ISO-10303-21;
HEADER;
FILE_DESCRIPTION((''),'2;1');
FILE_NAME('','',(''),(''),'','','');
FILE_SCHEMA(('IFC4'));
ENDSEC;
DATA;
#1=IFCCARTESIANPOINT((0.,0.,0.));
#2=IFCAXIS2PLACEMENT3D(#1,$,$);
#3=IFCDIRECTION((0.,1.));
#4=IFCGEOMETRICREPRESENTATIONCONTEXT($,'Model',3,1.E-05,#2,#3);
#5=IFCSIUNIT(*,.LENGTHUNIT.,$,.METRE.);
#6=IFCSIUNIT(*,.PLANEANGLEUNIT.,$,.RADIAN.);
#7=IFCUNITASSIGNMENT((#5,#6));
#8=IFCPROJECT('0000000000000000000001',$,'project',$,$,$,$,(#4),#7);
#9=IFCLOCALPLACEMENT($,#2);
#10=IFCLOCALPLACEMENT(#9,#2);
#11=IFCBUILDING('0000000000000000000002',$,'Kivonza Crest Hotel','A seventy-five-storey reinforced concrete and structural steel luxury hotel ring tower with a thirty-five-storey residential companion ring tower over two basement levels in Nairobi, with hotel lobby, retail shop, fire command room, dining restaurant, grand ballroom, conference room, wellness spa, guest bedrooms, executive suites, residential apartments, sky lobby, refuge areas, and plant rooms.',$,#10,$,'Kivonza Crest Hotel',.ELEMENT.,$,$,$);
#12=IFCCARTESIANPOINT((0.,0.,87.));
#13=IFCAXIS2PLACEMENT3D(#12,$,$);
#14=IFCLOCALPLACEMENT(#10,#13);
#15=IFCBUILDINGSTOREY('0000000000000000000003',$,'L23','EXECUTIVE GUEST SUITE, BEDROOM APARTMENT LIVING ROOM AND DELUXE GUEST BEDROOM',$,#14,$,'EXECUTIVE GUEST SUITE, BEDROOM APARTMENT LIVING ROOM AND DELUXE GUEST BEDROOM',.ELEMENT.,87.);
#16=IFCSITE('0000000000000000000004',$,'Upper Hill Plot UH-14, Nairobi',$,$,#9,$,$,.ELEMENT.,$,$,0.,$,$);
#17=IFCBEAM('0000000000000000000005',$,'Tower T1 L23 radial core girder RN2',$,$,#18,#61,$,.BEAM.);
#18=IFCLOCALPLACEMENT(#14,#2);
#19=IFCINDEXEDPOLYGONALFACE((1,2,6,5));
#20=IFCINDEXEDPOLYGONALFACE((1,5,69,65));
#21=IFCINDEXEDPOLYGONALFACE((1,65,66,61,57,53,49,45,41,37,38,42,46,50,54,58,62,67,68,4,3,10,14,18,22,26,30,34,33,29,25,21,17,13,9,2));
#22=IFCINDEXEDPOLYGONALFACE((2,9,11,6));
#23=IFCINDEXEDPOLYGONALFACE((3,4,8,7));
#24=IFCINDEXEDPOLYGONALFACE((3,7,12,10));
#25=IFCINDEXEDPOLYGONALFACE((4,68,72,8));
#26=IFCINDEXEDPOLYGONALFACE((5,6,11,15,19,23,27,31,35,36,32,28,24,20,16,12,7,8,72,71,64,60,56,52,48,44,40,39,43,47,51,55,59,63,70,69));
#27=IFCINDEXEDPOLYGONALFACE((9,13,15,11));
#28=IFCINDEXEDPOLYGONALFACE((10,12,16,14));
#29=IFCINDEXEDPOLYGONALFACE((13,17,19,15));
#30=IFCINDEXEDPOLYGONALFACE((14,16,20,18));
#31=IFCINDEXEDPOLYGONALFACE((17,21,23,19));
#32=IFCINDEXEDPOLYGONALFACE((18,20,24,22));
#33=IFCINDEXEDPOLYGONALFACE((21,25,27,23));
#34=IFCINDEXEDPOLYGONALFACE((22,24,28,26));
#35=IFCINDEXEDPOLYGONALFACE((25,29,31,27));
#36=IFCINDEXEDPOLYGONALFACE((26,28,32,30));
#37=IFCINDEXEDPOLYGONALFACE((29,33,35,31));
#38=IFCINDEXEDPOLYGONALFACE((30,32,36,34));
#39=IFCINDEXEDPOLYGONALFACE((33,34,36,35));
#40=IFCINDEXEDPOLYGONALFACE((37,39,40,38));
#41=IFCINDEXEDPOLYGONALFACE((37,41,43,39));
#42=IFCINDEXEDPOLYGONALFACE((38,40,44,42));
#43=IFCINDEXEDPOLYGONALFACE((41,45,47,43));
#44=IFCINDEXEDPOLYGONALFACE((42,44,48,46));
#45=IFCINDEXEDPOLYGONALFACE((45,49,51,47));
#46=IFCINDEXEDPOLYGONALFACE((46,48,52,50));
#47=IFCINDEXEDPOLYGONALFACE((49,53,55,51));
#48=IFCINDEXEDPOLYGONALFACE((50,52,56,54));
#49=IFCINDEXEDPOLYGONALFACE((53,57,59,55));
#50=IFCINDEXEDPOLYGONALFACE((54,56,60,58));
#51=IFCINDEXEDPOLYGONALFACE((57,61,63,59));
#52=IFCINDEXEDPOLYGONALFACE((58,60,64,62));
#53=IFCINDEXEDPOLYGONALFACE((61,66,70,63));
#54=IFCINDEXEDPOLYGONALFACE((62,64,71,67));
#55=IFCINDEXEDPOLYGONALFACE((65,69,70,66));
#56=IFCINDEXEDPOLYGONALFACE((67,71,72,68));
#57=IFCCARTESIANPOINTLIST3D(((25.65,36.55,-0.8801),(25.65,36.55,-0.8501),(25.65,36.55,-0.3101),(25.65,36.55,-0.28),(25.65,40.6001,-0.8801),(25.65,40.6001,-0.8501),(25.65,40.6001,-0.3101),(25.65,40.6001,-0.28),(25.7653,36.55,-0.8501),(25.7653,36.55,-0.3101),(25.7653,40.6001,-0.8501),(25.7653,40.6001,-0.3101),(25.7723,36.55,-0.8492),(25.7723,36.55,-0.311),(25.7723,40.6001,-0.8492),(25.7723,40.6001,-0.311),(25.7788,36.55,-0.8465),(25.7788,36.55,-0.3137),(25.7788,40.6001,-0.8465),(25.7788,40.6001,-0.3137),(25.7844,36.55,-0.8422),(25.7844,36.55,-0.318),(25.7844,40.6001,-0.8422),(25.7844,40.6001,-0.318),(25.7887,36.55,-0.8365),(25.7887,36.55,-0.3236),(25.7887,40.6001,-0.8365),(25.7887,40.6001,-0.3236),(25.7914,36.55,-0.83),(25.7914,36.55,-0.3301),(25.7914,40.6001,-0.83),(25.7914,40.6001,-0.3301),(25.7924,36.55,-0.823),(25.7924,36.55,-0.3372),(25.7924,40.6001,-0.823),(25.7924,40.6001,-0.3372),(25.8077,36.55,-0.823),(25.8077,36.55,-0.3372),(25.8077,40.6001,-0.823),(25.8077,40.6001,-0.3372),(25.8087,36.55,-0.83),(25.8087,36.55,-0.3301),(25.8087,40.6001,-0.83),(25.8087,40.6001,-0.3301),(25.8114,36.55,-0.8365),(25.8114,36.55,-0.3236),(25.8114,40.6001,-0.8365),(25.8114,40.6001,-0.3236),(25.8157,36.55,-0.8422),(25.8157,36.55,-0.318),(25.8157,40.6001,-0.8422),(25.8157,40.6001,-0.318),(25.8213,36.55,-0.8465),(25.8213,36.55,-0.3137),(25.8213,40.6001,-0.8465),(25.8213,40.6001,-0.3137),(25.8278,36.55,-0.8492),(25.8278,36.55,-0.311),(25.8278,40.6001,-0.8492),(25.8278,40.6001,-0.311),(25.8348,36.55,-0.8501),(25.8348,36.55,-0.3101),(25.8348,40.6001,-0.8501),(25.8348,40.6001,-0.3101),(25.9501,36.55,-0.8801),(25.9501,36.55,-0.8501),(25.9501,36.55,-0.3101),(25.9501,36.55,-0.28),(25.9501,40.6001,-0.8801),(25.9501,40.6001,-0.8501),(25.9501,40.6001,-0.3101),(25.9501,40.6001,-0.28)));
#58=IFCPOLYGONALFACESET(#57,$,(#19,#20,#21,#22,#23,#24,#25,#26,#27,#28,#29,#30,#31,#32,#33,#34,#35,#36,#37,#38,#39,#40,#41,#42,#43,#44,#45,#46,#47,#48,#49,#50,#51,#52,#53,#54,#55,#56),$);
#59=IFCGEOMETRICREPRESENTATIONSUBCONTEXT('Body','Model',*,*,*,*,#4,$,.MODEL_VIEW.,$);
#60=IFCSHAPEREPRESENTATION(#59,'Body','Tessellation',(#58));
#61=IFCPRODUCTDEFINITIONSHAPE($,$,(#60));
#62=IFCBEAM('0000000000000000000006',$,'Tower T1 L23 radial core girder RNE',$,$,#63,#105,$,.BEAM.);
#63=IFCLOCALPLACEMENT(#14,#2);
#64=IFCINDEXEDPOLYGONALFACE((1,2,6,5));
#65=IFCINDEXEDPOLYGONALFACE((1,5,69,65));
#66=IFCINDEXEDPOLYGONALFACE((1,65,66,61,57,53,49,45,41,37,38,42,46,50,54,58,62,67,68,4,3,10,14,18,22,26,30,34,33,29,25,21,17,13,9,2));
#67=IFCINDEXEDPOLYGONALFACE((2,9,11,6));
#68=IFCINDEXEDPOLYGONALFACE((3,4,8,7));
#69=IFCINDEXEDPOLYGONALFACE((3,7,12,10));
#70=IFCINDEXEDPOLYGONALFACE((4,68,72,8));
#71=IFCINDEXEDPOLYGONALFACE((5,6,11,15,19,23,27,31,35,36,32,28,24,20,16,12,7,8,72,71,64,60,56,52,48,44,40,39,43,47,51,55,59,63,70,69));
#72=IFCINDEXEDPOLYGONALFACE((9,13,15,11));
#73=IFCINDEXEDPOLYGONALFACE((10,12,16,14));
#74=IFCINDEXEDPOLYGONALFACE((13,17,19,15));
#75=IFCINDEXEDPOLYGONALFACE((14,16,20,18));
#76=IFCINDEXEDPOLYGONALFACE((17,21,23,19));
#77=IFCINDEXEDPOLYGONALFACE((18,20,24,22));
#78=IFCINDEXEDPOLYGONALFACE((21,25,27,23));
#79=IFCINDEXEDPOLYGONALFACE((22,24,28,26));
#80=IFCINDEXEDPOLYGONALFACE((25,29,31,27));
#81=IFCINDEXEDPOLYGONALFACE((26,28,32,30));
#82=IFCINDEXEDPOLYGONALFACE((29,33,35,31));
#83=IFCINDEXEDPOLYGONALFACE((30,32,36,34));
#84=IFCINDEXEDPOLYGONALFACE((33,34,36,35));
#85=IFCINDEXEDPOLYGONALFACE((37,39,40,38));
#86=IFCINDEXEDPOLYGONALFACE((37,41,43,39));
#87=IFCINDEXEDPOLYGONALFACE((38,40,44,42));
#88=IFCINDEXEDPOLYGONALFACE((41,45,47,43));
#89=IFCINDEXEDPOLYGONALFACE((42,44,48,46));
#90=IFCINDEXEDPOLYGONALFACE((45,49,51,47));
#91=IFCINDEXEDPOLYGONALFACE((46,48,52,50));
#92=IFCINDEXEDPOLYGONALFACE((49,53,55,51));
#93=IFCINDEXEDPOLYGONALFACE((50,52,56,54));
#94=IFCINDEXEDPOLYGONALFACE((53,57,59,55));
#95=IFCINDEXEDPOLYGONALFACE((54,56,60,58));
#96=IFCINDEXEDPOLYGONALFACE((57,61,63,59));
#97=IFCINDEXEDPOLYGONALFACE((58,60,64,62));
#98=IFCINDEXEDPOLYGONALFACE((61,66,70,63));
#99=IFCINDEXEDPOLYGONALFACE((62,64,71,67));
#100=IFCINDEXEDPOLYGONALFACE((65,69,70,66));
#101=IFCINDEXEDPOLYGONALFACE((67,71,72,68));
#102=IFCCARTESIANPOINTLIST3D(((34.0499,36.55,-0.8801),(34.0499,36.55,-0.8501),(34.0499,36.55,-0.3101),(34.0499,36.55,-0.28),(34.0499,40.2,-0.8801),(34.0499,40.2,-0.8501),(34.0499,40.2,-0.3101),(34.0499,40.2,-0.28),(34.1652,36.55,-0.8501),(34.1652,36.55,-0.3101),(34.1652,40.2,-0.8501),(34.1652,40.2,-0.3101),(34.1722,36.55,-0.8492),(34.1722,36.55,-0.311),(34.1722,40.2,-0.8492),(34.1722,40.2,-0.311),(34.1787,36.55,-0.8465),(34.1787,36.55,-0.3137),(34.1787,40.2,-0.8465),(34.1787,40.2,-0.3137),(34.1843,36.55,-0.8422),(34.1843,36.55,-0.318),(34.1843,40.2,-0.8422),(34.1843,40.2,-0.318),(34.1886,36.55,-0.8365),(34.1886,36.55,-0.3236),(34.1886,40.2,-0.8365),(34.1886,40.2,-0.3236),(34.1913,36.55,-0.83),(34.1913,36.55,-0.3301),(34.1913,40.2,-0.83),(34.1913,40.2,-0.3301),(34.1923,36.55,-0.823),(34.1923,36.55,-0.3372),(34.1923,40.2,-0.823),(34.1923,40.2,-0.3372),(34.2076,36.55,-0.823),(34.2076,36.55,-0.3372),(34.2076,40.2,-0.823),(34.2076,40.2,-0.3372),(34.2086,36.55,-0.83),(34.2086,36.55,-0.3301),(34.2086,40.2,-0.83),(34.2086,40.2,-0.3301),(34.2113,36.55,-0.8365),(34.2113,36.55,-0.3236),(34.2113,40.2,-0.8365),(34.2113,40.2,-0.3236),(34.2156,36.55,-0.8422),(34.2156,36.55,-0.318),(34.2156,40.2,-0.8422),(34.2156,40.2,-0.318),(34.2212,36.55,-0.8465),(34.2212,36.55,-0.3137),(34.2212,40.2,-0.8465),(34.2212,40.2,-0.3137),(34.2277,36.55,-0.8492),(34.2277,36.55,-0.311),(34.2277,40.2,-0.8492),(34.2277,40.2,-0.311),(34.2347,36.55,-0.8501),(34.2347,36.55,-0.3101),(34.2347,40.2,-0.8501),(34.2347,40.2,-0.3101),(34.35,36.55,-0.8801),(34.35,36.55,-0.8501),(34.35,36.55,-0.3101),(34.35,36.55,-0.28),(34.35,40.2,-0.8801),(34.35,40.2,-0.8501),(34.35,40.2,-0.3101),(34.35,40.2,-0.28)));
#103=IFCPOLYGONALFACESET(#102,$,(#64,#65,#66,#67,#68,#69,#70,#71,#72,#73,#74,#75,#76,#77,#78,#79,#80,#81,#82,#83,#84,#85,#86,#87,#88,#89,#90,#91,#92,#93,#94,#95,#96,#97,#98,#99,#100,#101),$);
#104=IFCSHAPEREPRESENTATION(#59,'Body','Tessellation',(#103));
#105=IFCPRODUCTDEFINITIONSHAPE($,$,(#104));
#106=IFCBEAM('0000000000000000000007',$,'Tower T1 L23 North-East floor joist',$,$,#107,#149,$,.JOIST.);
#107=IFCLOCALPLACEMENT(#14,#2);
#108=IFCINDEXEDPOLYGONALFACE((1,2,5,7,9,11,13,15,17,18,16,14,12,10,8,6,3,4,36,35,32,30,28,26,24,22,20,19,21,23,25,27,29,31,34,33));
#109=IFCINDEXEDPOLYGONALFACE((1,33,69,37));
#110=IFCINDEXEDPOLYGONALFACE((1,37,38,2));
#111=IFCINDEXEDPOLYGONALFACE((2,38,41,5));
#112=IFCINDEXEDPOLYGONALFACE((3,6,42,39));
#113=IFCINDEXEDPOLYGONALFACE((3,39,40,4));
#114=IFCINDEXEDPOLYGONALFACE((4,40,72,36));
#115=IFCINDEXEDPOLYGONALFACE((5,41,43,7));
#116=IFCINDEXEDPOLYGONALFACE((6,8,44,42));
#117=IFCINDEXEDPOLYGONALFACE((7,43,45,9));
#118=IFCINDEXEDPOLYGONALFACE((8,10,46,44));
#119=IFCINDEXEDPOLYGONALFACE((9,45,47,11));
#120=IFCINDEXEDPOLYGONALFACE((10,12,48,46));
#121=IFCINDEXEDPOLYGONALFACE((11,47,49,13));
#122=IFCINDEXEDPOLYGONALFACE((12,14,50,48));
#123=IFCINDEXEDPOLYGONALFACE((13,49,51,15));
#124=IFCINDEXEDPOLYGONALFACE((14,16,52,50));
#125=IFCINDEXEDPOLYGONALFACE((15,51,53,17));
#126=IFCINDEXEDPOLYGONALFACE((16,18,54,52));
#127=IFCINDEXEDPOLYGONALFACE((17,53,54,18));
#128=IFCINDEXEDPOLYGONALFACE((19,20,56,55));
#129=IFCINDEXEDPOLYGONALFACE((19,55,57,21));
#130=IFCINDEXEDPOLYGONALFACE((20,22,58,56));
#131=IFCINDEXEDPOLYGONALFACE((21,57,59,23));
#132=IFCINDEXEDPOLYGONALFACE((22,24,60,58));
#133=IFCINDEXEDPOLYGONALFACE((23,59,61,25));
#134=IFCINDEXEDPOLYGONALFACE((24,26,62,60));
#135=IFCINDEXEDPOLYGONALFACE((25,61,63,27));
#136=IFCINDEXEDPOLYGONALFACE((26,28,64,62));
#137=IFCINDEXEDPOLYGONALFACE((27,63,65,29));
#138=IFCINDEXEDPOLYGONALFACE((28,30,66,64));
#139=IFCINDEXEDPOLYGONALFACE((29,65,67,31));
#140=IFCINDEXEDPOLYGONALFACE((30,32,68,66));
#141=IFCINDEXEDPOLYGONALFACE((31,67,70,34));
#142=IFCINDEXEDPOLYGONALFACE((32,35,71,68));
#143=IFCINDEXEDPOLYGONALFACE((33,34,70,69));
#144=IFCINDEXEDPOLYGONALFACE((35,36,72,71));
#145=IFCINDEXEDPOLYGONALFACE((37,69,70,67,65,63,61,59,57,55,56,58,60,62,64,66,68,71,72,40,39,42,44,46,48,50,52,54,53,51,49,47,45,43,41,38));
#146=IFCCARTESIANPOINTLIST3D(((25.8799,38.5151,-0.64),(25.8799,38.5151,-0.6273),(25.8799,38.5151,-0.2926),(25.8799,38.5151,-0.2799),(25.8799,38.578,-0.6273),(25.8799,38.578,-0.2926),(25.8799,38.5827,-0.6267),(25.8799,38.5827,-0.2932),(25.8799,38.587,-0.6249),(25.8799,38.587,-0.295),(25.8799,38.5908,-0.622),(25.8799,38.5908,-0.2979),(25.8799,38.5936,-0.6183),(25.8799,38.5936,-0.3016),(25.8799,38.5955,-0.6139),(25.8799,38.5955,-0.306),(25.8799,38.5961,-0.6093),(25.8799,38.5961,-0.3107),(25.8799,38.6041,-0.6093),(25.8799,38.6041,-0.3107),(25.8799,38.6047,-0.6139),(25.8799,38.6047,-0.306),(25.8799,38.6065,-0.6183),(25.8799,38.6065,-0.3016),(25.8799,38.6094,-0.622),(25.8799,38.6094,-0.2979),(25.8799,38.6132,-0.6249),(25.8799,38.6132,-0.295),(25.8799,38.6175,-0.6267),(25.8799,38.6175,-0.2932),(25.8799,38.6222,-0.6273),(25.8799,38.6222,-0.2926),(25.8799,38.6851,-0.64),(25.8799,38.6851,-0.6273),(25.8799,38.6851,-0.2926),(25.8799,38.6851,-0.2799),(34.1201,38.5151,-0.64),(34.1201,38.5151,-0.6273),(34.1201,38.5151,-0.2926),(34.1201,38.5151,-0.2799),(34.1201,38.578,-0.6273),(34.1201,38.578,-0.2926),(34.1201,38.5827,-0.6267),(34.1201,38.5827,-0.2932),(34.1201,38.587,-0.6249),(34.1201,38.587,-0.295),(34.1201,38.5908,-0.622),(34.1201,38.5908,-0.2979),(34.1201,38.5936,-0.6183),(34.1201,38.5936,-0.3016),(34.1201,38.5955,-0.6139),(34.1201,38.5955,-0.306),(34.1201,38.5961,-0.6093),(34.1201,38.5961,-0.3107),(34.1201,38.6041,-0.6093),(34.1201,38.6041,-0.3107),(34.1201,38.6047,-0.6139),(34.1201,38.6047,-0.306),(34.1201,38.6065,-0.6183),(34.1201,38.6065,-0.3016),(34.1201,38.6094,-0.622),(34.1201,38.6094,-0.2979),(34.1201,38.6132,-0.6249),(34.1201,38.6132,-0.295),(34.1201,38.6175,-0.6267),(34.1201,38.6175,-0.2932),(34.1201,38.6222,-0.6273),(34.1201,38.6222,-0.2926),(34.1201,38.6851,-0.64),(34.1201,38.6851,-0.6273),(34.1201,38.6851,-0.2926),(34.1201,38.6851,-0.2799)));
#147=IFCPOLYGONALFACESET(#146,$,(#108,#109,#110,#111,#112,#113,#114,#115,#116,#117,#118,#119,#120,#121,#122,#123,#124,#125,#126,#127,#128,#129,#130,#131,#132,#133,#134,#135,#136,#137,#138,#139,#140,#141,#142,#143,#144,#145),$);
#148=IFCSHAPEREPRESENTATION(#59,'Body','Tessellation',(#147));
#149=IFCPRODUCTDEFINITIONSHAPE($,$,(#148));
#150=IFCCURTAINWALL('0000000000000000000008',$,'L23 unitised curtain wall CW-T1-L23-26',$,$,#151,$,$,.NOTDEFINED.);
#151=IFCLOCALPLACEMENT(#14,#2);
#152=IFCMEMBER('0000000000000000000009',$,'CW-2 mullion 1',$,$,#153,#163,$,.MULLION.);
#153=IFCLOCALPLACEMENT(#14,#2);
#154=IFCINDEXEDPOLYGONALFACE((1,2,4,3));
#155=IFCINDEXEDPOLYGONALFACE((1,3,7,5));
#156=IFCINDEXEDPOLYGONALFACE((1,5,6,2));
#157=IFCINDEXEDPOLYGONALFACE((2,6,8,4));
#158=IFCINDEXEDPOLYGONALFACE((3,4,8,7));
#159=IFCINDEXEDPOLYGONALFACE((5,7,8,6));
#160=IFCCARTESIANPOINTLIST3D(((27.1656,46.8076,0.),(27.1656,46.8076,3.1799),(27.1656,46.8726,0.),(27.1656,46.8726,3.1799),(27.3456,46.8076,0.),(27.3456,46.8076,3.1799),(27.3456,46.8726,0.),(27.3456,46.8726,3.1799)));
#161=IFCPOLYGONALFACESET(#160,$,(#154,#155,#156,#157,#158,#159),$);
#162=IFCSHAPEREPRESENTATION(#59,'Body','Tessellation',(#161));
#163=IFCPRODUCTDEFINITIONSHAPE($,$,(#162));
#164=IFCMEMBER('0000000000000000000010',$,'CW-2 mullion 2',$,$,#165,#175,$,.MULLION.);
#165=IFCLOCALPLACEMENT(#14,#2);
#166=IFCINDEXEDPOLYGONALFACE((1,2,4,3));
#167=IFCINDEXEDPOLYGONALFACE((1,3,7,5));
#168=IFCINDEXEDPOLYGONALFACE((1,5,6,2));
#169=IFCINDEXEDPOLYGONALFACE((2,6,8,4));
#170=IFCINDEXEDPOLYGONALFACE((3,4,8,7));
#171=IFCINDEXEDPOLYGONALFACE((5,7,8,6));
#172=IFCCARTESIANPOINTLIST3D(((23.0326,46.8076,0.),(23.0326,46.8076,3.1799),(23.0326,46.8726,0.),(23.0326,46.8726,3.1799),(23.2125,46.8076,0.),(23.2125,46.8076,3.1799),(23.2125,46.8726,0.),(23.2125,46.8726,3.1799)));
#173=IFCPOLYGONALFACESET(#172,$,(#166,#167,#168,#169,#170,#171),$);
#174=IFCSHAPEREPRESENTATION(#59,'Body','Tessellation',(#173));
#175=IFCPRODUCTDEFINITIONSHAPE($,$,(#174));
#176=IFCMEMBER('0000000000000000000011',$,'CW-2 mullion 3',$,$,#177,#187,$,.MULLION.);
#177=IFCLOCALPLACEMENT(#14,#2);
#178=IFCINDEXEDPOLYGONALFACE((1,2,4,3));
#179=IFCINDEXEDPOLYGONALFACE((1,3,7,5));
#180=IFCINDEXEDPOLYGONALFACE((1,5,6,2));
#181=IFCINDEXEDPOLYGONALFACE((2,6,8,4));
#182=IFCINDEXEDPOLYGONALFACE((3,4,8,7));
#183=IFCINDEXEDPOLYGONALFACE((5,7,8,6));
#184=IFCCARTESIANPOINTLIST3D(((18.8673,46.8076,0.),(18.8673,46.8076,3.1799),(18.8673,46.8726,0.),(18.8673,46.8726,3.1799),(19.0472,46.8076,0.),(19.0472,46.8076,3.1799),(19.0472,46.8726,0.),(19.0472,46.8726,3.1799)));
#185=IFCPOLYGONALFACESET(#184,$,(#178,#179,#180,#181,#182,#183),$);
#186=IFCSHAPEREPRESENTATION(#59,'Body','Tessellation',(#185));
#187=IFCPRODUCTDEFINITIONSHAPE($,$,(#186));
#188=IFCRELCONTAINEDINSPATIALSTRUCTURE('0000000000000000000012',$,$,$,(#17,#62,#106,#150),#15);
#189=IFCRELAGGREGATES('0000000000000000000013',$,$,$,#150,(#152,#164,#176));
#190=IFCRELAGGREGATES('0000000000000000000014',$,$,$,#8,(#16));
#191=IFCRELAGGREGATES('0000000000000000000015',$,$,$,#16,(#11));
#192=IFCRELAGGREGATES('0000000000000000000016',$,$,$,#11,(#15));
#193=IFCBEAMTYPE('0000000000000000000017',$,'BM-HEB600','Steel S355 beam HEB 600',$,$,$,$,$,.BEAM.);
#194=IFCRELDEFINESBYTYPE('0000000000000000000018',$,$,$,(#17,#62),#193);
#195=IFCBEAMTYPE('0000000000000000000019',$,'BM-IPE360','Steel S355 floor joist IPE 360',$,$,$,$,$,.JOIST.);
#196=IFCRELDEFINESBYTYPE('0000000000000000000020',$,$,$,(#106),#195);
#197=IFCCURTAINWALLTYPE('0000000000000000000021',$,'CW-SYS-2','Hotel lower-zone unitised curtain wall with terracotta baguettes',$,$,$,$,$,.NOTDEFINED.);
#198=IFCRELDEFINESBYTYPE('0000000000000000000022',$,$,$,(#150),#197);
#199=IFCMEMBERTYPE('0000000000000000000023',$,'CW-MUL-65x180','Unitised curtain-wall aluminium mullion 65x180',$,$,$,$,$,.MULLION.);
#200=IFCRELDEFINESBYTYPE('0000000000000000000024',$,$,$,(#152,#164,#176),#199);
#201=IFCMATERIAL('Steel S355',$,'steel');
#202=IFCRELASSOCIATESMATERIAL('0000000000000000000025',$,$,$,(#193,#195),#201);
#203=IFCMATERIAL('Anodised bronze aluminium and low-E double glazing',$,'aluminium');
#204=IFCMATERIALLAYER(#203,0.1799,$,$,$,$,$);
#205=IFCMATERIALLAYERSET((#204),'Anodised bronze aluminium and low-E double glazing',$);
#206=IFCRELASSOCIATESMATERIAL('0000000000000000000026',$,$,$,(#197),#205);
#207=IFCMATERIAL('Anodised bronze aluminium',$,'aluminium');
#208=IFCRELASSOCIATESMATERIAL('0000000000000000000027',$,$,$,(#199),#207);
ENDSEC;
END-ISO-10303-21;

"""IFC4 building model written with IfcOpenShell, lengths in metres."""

from ifc_helpers import new_model, si_unit, direction, frame, origin, origin_2d, place, context, subcontext, project, spatial, rectangle, i_section, extrude, material, layer, layer_set, material_profile, profile_set, type_object, element, aggregate, save


model = new_model("IFC4")

# Units and contexts
model_context = context("Model", 3, precision=1e-05, world=origin(), true_north=direction((0.0, 1.0)))
body_context = subcontext(model_context, "Body", "Model", "MODEL_VIEW")
ifc_project = project(units=[si_unit("LENGTHUNIT", "METRE"), si_unit("PLANEANGLEUNIT", "RADIAN")], contexts=[model_context])

# Site, building, storey
site_placement = place(None, origin())
site = spatial("IfcSite", under=ifc_project, at=site_placement, Name="Upper Hill Plot UH-14, Nairobi", CompositionType="ELEMENT", RefElevation=0.0)
building_placement = place(site_placement, origin())
building = spatial("IfcBuilding", under=site, at=building_placement, Name="Kivonza Crest Hotel", Description="A seventy-five-storey reinforced concrete and structural steel luxury hotel ring tower with a thirty-five-storey residential companion ring tower over two basement levels in Nairobi, with hotel lobby, retail shop, fire command room, dining restaurant, grand ballroom, conference room, wellness spa, guest bedrooms, executive suites, residential apartments, sky lobby, refuge areas, and plant rooms.", LongName="Kivonza Crest Hotel", CompositionType="ELEMENT")
storey_placement = place(building_placement, frame((0.0, 0.0, 87.0)))
storey = spatial("IfcBuildingStorey", under=building, at=storey_placement, Name="L23", Description="EXECUTIVE GUEST SUITE, BEDROOM APARTMENT LIVING ROOM AND DELUXE GUEST BEDROOM", LongName="EXECUTIVE GUEST SUITE, BEDROOM APARTMENT LIVING ROOM AND DELUXE GUEST BEDROOM", CompositionType="ELEMENT", Elevation=87.0)

# Beams
ifc_material_1 = material(Name="Steel S355", Category="steel")
ifc_material_profile_1 = material_profile(ifc_material_1, i_section(OverallWidth=0.3, OverallDepth=0.6001, WebThickness=0.0154, FlangeThickness=0.03, FilletRadius=0.0271, at=origin_2d()), Name="HEB 600")
ifc_profile_set_1 = profile_set([ifc_material_profile_1], Name="Steel S355")
beam_type_1 = type_object("IfcBeamType", Name="BM-HEB600", Description="Steel S355 beam HEB 600", PredefinedType="BEAM", material=ifc_profile_set_1)
beam_1_placement = place(storey_placement, frame((25.8, 40.6001, -0.5801), z_axis=(0.0, -1.0, 0.0), x_axis=(1.0, 0.0, 0.0)))
element("IfcBeam", 1, at=beam_1_placement, inside=storey, type_object=beam_type_1, Name="Tower T1 L23 radial core girder RN2", PredefinedType="BEAM", context=body_context, shape_type="SweptSolid", body=[
    extrude(i_section(OverallWidth=0.3, OverallDepth=0.6001, WebThickness=0.0154, FlangeThickness=0.03, FilletRadius=0.0271, at=origin_2d()), origin(), (0.0, 0.0, 1.0), 4.05),
])
beam_2_placement = place(storey_placement, frame((34.2, 40.2, -0.5801), z_axis=(0.0, -1.0, 0.0), x_axis=(1.0, 0.0, 0.0)))
element("IfcBeam", 2, at=beam_2_placement, inside=storey, type_object=beam_type_1, Name="Tower T1 L23 radial core girder RNE", PredefinedType="BEAM", context=body_context, shape_type="SweptSolid", body=[
    extrude(i_section(OverallWidth=0.3, OverallDepth=0.6001, WebThickness=0.0154, FlangeThickness=0.03, FilletRadius=0.0271, at=origin_2d()), origin(), (0.0, 0.0, 1.0), 3.6499),
])
ifc_material_profile_2 = material_profile(ifc_material_1, i_section(OverallWidth=0.1699, OverallDepth=0.3601, WebThickness=0.0081, FlangeThickness=0.0127, FilletRadius=0.0181, at=origin_2d()), Name="IPE 360")
ifc_profile_set_2 = profile_set([ifc_material_profile_2], Name="Steel S355")
beam_type_2 = type_object("IfcBeamType", Name="BM-IPE360", Description="Steel S355 floor joist IPE 360", PredefinedType="JOIST", material=ifc_profile_set_2)
beam_3_placement = place(storey_placement, frame((25.8799, 38.6001, -0.46), z_axis=(1.0, 0.0, 0.0), x_axis=(0.0, 1.0, 0.0)))
element("IfcBeam", 3, at=beam_3_placement, inside=storey, type_object=beam_type_2, Name="Tower T1 L23 North-East floor joist", PredefinedType="JOIST", context=body_context, shape_type="SweptSolid", body=[
    extrude(i_section(OverallWidth=0.1699, OverallDepth=0.3601, WebThickness=0.0081, FlangeThickness=0.0127, FilletRadius=0.0181, at=origin_2d()), origin(), (0.0, 0.0, 1.0), 8.2402),
])

# Curtain wall, members
ifc_material_2 = material(Name="Anodised bronze aluminium and low-E double glazing", Category="aluminium")
ifc_layer_1 = layer(ifc_material_2, 0.1799)
ifc_layer_set_1 = layer_set([ifc_layer_1], Name="Anodised bronze aluminium and low-E double glazing")
curtain_wall_type = type_object("IfcCurtainWallType", Name="CW-SYS-2", Description="Hotel lower-zone unitised curtain wall with terracotta baguettes", PredefinedType="NOTDEFINED", material=ifc_layer_set_1)
curtain_wall_placement = place(storey_placement, origin())
curtain_wall = element("IfcCurtainWall", 4, at=curtain_wall_placement, inside=storey, type_object=curtain_wall_type, Name="L23 unitised curtain wall CW-T1-L23-26", PredefinedType="NOTDEFINED")
ifc_material_3 = material(Name="Anodised bronze aluminium", Category="aluminium")
ifc_material_profile_3 = material_profile(ifc_material_3, rectangle(XDim=0.0649, YDim=0.1799, at=origin_2d()), Name="CW-M 65x180")
ifc_profile_set_3 = profile_set([ifc_material_profile_3], Name="Anodised bronze aluminium")
member_type_1 = type_object("IfcMemberType", Name="CW-MUL-65x180", Description="Unitised curtain-wall aluminium mullion 65x180", PredefinedType="MULLION", material=ifc_profile_set_3)
member_1_placement = place(storey_placement, frame((27.2556, 46.8401, 0.0), z_axis=(0.0, 0.0, 1.0), x_axis=(0.0, -1.0, 0.0)))
member_1 = element("IfcMember", 5, at=member_1_placement, type_object=member_type_1, Name="CW-2 mullion 1", PredefinedType="MULLION", context=body_context, shape_type="SweptSolid", body=[
    extrude(rectangle(XDim=0.0649, YDim=0.1799, at=origin_2d()), origin(), (0.0, 0.0, 1.0), 3.1799),
])
member_2_placement = place(storey_placement, frame((23.1226, 46.8401, 0.0), z_axis=(0.0, 0.0, 1.0), x_axis=(0.0, -1.0, 0.0)))
member_2 = element("IfcMember", 6, at=member_2_placement, type_object=member_type_1, Name="CW-2 mullion 2", PredefinedType="MULLION", context=body_context, shape_type="SweptSolid", body=[
    extrude(rectangle(XDim=0.0649, YDim=0.1799, at=origin_2d()), origin(), (0.0, 0.0, 1.0), 3.1799),
])
member_3_placement = place(storey_placement, frame((18.9573, 46.8401, 0.0), z_axis=(0.0, 0.0, 1.0), x_axis=(0.0, -1.0, 0.0)))
member_3 = element("IfcMember", 7, at=member_3_placement, type_object=member_type_1, Name="CW-2 mullion 3", PredefinedType="MULLION", context=body_context, shape_type="SweptSolid", body=[
    extrude(rectangle(XDim=0.0649, YDim=0.1799, at=origin_2d()), origin(), (0.0, 0.0, 1.0), 3.1799),
])
aggregate(curtain_wall, [member_1, member_2, member_3])

save(model, "model.ifc")
